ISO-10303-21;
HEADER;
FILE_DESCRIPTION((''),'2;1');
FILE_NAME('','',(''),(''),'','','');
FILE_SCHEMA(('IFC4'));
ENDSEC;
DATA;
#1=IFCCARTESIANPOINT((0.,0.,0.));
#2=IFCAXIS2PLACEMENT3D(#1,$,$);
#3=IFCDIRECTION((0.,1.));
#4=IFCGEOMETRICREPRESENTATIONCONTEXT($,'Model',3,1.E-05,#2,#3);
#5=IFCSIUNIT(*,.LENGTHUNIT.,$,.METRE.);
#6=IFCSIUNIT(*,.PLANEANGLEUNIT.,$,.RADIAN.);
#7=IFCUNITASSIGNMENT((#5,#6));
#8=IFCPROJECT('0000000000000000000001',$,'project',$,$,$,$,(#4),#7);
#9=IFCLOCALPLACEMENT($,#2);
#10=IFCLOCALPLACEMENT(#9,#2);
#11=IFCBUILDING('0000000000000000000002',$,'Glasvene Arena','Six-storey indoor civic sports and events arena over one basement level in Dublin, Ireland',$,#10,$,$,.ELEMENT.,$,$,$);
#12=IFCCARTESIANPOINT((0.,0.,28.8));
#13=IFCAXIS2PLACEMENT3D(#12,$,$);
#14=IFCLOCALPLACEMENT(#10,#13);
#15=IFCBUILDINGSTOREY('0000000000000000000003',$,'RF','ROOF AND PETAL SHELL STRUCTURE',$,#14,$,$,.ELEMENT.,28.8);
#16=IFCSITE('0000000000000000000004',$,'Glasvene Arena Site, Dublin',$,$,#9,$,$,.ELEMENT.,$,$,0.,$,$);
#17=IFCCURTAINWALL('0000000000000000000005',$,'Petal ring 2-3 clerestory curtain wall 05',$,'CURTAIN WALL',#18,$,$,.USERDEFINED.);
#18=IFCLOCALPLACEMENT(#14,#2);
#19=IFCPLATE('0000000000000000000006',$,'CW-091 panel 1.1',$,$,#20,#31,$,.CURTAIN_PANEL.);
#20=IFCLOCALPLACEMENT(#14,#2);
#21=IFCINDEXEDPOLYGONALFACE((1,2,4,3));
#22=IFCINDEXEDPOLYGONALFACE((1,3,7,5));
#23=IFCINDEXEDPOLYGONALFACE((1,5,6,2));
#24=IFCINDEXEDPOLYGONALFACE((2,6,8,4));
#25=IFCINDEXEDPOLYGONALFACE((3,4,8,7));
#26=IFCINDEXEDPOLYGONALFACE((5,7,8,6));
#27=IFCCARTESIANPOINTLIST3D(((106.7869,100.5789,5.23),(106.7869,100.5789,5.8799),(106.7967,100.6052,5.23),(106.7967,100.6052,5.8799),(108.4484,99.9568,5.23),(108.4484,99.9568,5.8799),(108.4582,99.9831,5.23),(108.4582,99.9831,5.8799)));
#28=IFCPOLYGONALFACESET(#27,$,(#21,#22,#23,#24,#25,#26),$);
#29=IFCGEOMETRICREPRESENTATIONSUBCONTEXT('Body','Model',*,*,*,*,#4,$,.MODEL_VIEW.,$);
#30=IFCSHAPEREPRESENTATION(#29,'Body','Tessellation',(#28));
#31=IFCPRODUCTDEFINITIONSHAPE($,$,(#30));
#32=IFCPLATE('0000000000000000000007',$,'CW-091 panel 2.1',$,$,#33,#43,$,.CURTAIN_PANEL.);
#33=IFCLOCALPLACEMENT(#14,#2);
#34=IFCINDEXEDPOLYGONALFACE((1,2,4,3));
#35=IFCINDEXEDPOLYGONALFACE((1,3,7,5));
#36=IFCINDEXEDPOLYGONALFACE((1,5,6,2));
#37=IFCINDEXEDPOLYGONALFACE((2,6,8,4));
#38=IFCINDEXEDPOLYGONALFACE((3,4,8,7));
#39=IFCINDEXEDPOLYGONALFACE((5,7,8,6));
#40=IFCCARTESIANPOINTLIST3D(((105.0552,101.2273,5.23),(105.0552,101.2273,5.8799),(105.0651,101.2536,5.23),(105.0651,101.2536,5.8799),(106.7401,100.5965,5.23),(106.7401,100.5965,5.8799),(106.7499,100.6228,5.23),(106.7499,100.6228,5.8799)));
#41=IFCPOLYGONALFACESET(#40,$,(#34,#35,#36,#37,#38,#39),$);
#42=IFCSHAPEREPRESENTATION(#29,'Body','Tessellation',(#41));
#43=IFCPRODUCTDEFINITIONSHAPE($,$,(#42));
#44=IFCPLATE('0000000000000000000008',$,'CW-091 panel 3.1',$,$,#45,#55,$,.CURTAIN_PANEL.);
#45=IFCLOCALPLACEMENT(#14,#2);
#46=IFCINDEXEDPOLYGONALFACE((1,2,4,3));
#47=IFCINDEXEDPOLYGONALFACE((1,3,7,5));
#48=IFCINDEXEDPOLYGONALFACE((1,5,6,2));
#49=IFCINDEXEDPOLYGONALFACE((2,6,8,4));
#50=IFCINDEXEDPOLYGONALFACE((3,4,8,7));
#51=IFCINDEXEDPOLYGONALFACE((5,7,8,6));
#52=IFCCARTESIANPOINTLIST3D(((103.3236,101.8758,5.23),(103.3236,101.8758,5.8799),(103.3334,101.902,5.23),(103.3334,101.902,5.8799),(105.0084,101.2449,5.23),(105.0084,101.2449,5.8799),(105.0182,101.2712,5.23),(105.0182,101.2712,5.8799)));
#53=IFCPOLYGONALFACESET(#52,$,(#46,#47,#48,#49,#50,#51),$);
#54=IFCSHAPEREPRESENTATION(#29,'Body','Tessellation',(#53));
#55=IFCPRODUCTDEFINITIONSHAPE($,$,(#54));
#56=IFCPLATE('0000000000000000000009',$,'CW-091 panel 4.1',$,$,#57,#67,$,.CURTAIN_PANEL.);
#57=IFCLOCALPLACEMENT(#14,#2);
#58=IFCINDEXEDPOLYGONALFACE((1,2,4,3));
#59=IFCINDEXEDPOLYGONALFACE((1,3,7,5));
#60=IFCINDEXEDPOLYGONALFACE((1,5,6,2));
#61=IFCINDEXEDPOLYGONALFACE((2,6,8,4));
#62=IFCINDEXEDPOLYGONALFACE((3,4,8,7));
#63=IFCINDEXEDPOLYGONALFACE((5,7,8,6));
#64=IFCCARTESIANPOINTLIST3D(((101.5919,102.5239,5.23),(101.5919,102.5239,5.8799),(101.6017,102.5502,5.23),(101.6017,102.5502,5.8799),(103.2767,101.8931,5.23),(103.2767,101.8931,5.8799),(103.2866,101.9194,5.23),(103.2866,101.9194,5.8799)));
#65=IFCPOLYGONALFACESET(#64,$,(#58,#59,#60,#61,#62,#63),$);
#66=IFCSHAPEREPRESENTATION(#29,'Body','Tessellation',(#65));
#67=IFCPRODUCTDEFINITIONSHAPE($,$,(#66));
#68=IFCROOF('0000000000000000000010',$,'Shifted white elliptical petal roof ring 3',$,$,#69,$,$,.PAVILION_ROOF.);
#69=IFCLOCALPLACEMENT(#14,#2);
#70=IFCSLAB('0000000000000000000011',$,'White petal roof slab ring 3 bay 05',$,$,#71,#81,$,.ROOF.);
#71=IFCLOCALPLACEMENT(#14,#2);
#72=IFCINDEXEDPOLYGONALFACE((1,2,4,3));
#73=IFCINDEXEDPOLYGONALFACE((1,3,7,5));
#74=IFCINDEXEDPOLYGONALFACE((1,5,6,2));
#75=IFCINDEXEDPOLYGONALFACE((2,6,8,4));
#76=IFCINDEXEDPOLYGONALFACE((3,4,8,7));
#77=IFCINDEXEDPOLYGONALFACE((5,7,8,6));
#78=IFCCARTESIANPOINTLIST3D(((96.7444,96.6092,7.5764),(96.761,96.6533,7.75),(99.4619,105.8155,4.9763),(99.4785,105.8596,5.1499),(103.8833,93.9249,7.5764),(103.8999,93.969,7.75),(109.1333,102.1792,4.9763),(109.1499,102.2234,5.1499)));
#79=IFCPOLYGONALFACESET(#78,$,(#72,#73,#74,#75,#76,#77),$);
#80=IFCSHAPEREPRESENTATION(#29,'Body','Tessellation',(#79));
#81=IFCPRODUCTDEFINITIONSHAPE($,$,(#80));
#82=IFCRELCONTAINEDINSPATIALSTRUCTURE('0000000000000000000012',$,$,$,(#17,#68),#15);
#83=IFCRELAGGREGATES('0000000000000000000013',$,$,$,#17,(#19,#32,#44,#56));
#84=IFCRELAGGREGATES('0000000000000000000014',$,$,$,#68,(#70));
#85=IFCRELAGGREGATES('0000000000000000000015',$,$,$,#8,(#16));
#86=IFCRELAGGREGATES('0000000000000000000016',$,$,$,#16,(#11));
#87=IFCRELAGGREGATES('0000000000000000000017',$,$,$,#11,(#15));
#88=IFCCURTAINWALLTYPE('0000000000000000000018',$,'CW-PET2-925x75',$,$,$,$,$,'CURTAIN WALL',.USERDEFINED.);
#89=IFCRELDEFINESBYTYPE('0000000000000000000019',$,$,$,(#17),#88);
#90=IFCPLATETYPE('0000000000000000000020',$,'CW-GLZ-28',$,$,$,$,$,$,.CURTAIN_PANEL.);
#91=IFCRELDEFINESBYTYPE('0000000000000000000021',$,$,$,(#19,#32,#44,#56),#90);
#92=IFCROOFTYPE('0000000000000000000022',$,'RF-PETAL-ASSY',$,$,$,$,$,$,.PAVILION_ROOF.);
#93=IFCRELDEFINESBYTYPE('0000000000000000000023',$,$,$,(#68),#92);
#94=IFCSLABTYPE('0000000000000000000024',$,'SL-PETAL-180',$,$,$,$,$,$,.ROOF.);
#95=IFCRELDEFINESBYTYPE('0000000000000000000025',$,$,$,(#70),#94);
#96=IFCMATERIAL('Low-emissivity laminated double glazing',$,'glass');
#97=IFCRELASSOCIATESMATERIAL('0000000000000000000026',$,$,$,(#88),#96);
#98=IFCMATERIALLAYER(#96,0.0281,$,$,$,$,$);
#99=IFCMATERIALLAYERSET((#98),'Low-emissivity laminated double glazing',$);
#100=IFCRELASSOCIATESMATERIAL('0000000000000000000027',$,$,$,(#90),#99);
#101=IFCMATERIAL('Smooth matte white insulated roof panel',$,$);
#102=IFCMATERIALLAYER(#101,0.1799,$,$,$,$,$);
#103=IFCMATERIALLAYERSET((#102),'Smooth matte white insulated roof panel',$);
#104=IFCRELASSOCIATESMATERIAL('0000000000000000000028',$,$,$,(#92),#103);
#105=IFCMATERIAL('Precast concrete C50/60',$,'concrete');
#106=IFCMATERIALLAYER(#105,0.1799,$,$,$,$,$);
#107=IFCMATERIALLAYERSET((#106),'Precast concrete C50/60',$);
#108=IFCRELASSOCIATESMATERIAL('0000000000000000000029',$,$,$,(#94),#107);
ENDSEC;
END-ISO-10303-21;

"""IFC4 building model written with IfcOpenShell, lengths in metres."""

from ifc_helpers import new_model, si_unit, direction, frame, origin, origin_2d, place, context, subcontext, project, spatial, polyline, rectangle, outline, extrude, material, layer, layer_set, type_object, element, aggregate, save


model = new_model("IFC4")

# Units and contexts
model_context = context("Model", 3, precision=1e-05, world=origin(), true_north=direction((0.0, 1.0)))
body_context = subcontext(model_context, "Body", "Model", "MODEL_VIEW")
ifc_project = project(units=[si_unit("LENGTHUNIT", "METRE"), si_unit("PLANEANGLEUNIT", "RADIAN")], contexts=[model_context])

# Site, building, storey
site_placement = place(None, origin())
site = spatial("IfcSite", under=ifc_project, at=site_placement, Name="Glasvene Arena Site, Dublin", CompositionType="ELEMENT", RefElevation=0.0)
building_placement = place(site_placement, origin())
building = spatial("IfcBuilding", under=site, at=building_placement, Name="Glasvene Arena", Description="Six-storey indoor civic sports and events arena over one basement level in Dublin, Ireland", CompositionType="ELEMENT")
storey_placement = place(building_placement, frame((0.0, 0.0, 28.8)))
storey = spatial("IfcBuildingStorey", under=building, at=storey_placement, Name="RF", Description="ROOF AND PETAL SHELL STRUCTURE", CompositionType="ELEMENT", Elevation=28.8)

# Shared definitions
ifc_material_1 = material(Name="Low-emissivity laminated double glazing", Category="glass")

# Curtain wall
curtain_wall_type_1 = type_object("IfcCurtainWallType", Name="CW-PET2-925x75", ElementType="CURTAIN WALL", PredefinedType="USERDEFINED", material=ifc_material_1)
curtain_wall_1_placement = place(storey_placement, frame((108.5, 99.9524, 0.0)))
curtain_wall_1 = element("IfcCurtainWall", 1, at=curtain_wall_1_placement, inside=storey, type_object=curtain_wall_type_1, Name="Petal ring 2-3 clerestory curtain wall 05", ObjectType="CURTAIN WALL", PredefinedType="USERDEFINED")

# Plates
ifc_layer_1 = layer(ifc_material_1, 0.0281)
ifc_layer_set_1 = layer_set([ifc_layer_1], Name="Low-emissivity laminated double glazing")
plate_type = type_object("IfcPlateType", Name="CW-GLZ-28", PredefinedType="CURTAIN_PANEL", material=ifc_layer_set_1)
plate_1_placement = place(storey_placement, frame((107.6226, 100.281, 5.23), z_axis=(0.0, 0.0, 1.0), x_axis=(-0.93651, 0.35064, 0.0)))
plate_1 = element("IfcPlate", 2, at=plate_1_placement, type_object=plate_type, Name="CW-091 panel 1.1", PredefinedType="CURTAIN_PANEL", context=body_context, shape_type="SweptSolid", body=[
    extrude(rectangle(XDim=1.7742, YDim=0.0281, at=origin_2d()), origin(), (0.0, 0.0, 1.0), 0.6499),
])
plate_2_placement = place(storey_placement, frame((105.9026, 100.925, 5.23), z_axis=(0.0, 0.0, 1.0), x_axis=(-0.93651, 0.35064, 0.0)))
plate_2 = element("IfcPlate", 3, at=plate_2_placement, type_object=plate_type, Name="CW-091 panel 2.1", PredefinedType="CURTAIN_PANEL", context=body_context, shape_type="SweptSolid", body=[
    extrude(rectangle(XDim=1.7991, YDim=0.0281, at=origin_2d()), origin(), (0.0, 0.0, 1.0), 0.6499),
])
plate_3_placement = place(storey_placement, frame((104.1709, 101.5735, 5.23), z_axis=(0.0, 0.0, 1.0), x_axis=(-0.93651, 0.35064, 0.0)))
plate_3 = element("IfcPlate", 4, at=plate_3_placement, type_object=plate_type, Name="CW-091 panel 3.1", PredefinedType="CURTAIN_PANEL", context=body_context, shape_type="SweptSolid", body=[
    extrude(rectangle(XDim=1.7991, YDim=0.0281, at=origin_2d()), origin(), (0.0, 0.0, 1.0), 0.6499),
])
plate_4_placement = place(storey_placement, frame((102.4392, 102.2217, 5.23), z_axis=(0.0, 0.0, 1.0), x_axis=(-0.93651, 0.35064, 0.0)))
plate_4 = element("IfcPlate", 5, at=plate_4_placement, type_object=plate_type, Name="CW-091 panel 4.1", PredefinedType="CURTAIN_PANEL", context=body_context, shape_type="SweptSolid", body=[
    extrude(rectangle(XDim=1.7991, YDim=0.0281, at=origin_2d()), origin(), (0.0, 0.0, 1.0), 0.6499),
])
aggregate(curtain_wall_1, [plate_1, plate_2, plate_3, plate_4])

# Roof, slab
ifc_material_2 = material(Name="Smooth matte white insulated roof panel")
ifc_layer_2 = layer(ifc_material_2, 0.1799)
ifc_layer_set_2 = layer_set([ifc_layer_2], Name="Smooth matte white insulated roof panel")
roof_type = type_object("IfcRoofType", Name="RF-PETAL-ASSY", PredefinedType="PAVILION_ROOF", material=ifc_layer_set_2)
roof_placement = place(storey_placement, frame((89.1001, 70.7, 5.1499)))
roof = element("IfcRoof", 6, at=roof_placement, inside=storey, type_object=roof_type, Name="Shifted white elliptical petal roof ring 3", PredefinedType="PAVILION_ROOF")
ifc_material_3 = material(Name="Precast concrete C50/60", Category="concrete")
ifc_layer_3 = layer(ifc_material_3, 0.1799)
ifc_layer_set_3 = layer_set([ifc_layer_3], Name="Precast concrete C50/60")
slab_type = type_object("IfcSlabType", Name="SL-PETAL-180", PredefinedType="ROOF", material=ifc_layer_set_3)
slab_placement = place(storey_placement, frame((109.1499, 102.2234, 5.1499), z_axis=(0.092239, 0.245322, 0.965043), x_axis=(-0.936027, 0.351927, 0.000003)))
slab = element("IfcSlab", 7, at=slab_placement, type_object=slab_type, Name="White petal roof slab ring 3 bay 05", PredefinedType="ROOF", context=body_context, shape_type="SweptSolid", body=[
    extrude(outline(polyline([(0.0, 0.0), (10.3324, 0.0), (9.6361, 9.9205), (2.0092, 9.9207), (0.0, 0.0)])), origin(), (0.0, 0.0, -1.0), 0.1799),
])
aggregate(roof, [slab])

save(model, "model.ifc")
